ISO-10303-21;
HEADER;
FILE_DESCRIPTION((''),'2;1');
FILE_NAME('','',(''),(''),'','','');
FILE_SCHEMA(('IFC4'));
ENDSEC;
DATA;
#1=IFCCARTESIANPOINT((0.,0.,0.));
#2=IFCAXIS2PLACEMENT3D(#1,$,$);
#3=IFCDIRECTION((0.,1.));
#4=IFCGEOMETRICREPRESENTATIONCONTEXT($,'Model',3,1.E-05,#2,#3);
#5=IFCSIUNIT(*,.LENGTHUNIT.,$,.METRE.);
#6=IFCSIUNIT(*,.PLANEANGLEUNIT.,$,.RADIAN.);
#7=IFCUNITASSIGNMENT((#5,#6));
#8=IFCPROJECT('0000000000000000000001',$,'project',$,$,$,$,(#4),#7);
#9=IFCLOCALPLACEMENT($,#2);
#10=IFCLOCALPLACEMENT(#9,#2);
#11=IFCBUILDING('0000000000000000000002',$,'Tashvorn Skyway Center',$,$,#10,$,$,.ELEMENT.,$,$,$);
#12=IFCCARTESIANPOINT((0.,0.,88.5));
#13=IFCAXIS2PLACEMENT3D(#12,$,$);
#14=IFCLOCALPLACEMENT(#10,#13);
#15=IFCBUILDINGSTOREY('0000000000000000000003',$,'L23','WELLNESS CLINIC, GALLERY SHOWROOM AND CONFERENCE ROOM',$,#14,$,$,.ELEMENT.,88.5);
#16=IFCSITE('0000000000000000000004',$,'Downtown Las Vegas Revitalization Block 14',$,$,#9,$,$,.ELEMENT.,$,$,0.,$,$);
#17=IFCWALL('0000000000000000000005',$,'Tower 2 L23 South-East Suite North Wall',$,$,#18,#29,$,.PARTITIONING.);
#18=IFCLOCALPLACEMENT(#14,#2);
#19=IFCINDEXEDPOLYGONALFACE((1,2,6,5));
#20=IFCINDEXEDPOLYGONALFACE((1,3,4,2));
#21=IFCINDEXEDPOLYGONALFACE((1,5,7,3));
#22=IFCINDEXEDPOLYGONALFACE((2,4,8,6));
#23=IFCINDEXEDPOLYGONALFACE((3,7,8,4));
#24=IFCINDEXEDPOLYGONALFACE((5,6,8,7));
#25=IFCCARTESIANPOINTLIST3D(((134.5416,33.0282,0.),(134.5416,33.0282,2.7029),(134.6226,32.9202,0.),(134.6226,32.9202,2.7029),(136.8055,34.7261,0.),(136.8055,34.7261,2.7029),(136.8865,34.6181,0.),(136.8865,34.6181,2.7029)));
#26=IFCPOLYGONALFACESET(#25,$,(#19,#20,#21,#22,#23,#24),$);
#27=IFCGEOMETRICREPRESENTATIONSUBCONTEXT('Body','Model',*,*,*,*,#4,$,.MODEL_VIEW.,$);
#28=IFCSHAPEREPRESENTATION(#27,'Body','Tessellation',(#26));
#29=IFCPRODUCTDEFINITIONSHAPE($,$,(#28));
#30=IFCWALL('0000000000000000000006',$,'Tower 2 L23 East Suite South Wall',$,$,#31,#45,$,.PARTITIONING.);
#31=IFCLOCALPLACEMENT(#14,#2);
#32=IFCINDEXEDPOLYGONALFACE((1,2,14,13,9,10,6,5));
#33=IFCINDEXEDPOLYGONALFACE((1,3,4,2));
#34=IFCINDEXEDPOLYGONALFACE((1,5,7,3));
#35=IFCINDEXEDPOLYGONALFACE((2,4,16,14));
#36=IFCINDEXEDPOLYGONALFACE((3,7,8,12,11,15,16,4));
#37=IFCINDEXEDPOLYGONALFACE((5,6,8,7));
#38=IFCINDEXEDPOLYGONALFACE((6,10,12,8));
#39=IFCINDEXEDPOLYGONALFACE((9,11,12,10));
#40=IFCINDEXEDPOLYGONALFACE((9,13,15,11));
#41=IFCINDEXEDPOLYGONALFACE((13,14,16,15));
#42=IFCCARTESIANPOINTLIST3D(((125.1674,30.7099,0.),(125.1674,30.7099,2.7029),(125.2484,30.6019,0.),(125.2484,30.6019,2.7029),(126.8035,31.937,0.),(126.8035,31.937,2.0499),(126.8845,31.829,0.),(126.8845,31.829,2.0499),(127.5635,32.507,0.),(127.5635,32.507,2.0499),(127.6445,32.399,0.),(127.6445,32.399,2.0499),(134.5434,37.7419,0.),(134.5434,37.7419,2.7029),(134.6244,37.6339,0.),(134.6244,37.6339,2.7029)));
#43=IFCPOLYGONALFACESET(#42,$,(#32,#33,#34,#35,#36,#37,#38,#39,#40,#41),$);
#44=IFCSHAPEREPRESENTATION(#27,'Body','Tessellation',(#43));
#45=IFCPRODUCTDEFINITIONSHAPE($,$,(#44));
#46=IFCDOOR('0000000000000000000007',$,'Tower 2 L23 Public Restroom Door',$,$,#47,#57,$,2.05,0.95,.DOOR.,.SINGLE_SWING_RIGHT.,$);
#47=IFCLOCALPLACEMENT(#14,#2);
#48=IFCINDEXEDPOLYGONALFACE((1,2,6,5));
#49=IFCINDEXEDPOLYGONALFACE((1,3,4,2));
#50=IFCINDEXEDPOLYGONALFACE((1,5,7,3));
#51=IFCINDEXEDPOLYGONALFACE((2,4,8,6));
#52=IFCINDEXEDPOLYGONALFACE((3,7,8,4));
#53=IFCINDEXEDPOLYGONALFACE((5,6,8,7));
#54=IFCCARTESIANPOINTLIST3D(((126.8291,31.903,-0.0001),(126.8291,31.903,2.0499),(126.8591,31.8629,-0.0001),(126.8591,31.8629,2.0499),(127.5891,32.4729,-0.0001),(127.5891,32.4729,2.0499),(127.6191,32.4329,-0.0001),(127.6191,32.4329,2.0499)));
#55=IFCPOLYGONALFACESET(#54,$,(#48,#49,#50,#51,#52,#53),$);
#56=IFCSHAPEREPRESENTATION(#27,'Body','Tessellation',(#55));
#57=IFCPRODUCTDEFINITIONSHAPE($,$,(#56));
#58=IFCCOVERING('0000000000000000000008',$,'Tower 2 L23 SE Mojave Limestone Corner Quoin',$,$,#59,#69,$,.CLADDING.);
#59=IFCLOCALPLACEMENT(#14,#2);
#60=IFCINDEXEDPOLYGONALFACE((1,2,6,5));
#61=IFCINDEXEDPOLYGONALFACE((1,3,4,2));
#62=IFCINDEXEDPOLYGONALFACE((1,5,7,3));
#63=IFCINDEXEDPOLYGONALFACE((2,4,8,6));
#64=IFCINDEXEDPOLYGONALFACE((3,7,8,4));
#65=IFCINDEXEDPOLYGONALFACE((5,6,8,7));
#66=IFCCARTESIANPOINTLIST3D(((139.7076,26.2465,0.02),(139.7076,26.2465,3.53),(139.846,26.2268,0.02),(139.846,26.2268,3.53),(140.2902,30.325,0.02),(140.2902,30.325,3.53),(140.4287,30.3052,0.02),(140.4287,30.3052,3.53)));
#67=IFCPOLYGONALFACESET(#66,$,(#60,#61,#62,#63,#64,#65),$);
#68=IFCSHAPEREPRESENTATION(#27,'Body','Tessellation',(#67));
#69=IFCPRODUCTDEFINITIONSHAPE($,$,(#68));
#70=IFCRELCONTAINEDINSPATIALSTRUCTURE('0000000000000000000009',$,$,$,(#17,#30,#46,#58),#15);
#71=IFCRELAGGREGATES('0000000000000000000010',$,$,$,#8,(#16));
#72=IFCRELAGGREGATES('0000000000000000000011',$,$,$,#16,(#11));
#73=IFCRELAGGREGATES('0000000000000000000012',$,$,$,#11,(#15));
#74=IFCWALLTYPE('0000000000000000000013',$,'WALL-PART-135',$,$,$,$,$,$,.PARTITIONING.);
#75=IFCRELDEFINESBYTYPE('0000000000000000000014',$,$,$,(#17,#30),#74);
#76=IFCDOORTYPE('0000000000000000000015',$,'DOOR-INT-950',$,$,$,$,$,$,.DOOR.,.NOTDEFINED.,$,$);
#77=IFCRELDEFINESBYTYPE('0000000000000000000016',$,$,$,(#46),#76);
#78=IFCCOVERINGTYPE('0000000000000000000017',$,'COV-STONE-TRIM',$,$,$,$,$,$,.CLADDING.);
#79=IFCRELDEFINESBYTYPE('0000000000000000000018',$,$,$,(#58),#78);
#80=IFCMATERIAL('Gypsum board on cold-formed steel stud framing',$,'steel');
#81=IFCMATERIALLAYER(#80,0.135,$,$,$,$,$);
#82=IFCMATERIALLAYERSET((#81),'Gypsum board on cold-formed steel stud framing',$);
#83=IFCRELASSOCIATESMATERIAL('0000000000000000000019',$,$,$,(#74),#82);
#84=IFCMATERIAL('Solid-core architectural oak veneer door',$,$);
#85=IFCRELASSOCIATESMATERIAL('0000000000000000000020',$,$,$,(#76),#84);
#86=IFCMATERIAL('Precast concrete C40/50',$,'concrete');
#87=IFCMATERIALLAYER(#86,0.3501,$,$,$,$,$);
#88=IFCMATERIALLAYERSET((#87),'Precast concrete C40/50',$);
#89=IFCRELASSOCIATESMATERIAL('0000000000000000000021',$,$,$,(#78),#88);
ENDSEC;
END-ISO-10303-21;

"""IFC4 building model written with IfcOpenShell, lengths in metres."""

from ifc_helpers import new_model, si_unit, direction, frame, frame_2d, origin, origin_2d, place, context, subcontext, project, spatial, rectangle, extrude, material, layer, layer_set, type_object, element, fill, save


model = new_model("IFC4")

# Units and contexts
model_context = context("Model", 3, precision=1e-05, world=origin(), true_north=direction((0.0, 1.0)))
body_context = subcontext(model_context, "Body", "Model", "MODEL_VIEW")
ifc_project = project(units=[si_unit("LENGTHUNIT", "METRE"), si_unit("PLANEANGLEUNIT", "RADIAN")], contexts=[model_context])

# Site, building, storey
site_placement = place(None, origin())
site = spatial("IfcSite", under=ifc_project, at=site_placement, Name="Downtown Las Vegas Revitalization Block 14", CompositionType="ELEMENT", RefElevation=0.0)
building_placement = place(site_placement, origin())
building = spatial("IfcBuilding", under=site, at=building_placement, Name="Tashvorn Skyway Center", CompositionType="ELEMENT")
storey_placement = place(building_placement, frame((0.0, 0.0, 88.5)))
storey = spatial("IfcBuildingStorey", under=building, at=storey_placement, Name="L23", Description="WELLNESS CLINIC, GALLERY SHOWROOM AND CONFERENCE ROOM", CompositionType="ELEMENT", Elevation=88.5)

# Shared definitions
ifc_material_1 = material(Name="Precast concrete C40/50", Category="concrete")

# Shared definitions
ifc_material_2 = material(Name="Gypsum board on cold-formed steel stud framing", Category="steel")
ifc_layer_1 = layer(ifc_material_2, 0.135)
ifc_layer_set_1 = layer_set([ifc_layer_1], Name="Gypsum board on cold-formed steel stud framing")
wall_type_1 = type_object("IfcWallType", Name="WALL-PART-135", PredefinedType="PARTITIONING", material=ifc_layer_set_1)
ifc_material_3 = material(Name="Solid-core architectural oak veneer door")
door_type_1 = type_object("IfcDoorType", Name="DOOR-INT-950", OperationType="NOTDEFINED", PredefinedType="DOOR", material=ifc_material_3)

# Wall
wall_1_placement = place(storey_placement, frame((134.582, 32.9741, 0.0), z_axis=(0.0, 0.0, 1.0), x_axis=(0.79999, 0.600014, 0.0)))
element("IfcWall", 1, at=wall_1_placement, inside=storey, type_object=wall_type_1, Name="Tower 2 L23 South-East Suite North Wall", PredefinedType="PARTITIONING", context=body_context, shape_type="SweptSolid", body=[
    extrude(rectangle(XDim=2.8298, YDim=0.135, at=frame_2d((1.415, 0.0))), origin(), (0.0, 0.0, 1.0), 2.7029),
])

# Wall, opening, door
wall_2_placement = place(storey_placement, frame((125.208, 30.656, 0.0), z_axis=(0.0, 0.0, 1.0), x_axis=(0.8, 0.6, 0.0)))
wall_2 = element("IfcWall", 2, at=wall_2_placement, inside=storey, type_object=wall_type_1, Name="Tower 2 L23 East Suite South Wall", PredefinedType="PARTITIONING", context=body_context, shape_type="SweptSolid", body=[
    extrude(rectangle(XDim=11.72, YDim=0.135, at=frame_2d((5.8599, 0.0))), origin(), (0.0, 0.0, 1.0), 2.7029),
])
opening_1_placement = place(wall_2_placement, frame((2.0449, 0.0, 0.0)))
opening_1 = element("IfcOpeningElement", 3, at=opening_1_placement, cuts=wall_2, PredefinedType="OPENING", context=body_context, shape_type="SweptSolid", body=[
    extrude(rectangle(XDim=0.95, YDim=2.05, at=frame_2d((0.4751, 1.0249))), frame((0.0, 0.0774, 0.0), z_axis=(0.0, -1.0, 0.0), x_axis=(1.0, 0.0, 0.0)), (0.0, 0.0, 1.0), 0.155),
])
door_1_placement = place(opening_1_placement, origin())
door_1 = element("IfcDoor", 4, at=door_1_placement, inside=storey, type_object=door_type_1, Name="Tower 2 L23 Public Restroom Door", OperationType="SINGLE_SWING_RIGHT", OverallHeight=2.05, OverallWidth=0.95, PredefinedType="DOOR", context=body_context, shape_type="SweptSolid", body=[
    extrude(rectangle(XDim=0.95, YDim=2.05, at=frame_2d((0.4751, 1.0249))), frame((0.0, 0.0249, 0.0), z_axis=(0.0, -1.0, 0.0), x_axis=(1.0, 0.0, 0.0)), (0.0, 0.0, 1.0), 0.05),
])
fill(opening_1, door_1)

# Covering
ifc_layer_2 = layer(ifc_material_1, 0.3501)
ifc_layer_set_2 = layer_set([ifc_layer_2], Name="Precast concrete C40/50")
covering_type = type_object("IfcCoveringType", Name="COV-STONE-TRIM", PredefinedType="CLADDING", material=ifc_layer_set_2)
covering_placement = place(storey_placement, frame((140.0681, 28.2759, 0.02), z_axis=(0.0, 0.0, 1.0), x_axis=(0.141421, 0.989949, 0.0)))
element("IfcCovering", 5, at=covering_placement, inside=storey, type_object=covering_type, Name="Tower 2 L23 SE Mojave Limestone Corner Quoin", PredefinedType="CLADDING", context=body_context, shape_type="SweptSolid", body=[
    extrude(rectangle(XDim=4.1199, YDim=0.1399, at=origin_2d()), origin(), (0.0, 0.0, 1.0), 3.51),
])

save(model, "model.ifc")
